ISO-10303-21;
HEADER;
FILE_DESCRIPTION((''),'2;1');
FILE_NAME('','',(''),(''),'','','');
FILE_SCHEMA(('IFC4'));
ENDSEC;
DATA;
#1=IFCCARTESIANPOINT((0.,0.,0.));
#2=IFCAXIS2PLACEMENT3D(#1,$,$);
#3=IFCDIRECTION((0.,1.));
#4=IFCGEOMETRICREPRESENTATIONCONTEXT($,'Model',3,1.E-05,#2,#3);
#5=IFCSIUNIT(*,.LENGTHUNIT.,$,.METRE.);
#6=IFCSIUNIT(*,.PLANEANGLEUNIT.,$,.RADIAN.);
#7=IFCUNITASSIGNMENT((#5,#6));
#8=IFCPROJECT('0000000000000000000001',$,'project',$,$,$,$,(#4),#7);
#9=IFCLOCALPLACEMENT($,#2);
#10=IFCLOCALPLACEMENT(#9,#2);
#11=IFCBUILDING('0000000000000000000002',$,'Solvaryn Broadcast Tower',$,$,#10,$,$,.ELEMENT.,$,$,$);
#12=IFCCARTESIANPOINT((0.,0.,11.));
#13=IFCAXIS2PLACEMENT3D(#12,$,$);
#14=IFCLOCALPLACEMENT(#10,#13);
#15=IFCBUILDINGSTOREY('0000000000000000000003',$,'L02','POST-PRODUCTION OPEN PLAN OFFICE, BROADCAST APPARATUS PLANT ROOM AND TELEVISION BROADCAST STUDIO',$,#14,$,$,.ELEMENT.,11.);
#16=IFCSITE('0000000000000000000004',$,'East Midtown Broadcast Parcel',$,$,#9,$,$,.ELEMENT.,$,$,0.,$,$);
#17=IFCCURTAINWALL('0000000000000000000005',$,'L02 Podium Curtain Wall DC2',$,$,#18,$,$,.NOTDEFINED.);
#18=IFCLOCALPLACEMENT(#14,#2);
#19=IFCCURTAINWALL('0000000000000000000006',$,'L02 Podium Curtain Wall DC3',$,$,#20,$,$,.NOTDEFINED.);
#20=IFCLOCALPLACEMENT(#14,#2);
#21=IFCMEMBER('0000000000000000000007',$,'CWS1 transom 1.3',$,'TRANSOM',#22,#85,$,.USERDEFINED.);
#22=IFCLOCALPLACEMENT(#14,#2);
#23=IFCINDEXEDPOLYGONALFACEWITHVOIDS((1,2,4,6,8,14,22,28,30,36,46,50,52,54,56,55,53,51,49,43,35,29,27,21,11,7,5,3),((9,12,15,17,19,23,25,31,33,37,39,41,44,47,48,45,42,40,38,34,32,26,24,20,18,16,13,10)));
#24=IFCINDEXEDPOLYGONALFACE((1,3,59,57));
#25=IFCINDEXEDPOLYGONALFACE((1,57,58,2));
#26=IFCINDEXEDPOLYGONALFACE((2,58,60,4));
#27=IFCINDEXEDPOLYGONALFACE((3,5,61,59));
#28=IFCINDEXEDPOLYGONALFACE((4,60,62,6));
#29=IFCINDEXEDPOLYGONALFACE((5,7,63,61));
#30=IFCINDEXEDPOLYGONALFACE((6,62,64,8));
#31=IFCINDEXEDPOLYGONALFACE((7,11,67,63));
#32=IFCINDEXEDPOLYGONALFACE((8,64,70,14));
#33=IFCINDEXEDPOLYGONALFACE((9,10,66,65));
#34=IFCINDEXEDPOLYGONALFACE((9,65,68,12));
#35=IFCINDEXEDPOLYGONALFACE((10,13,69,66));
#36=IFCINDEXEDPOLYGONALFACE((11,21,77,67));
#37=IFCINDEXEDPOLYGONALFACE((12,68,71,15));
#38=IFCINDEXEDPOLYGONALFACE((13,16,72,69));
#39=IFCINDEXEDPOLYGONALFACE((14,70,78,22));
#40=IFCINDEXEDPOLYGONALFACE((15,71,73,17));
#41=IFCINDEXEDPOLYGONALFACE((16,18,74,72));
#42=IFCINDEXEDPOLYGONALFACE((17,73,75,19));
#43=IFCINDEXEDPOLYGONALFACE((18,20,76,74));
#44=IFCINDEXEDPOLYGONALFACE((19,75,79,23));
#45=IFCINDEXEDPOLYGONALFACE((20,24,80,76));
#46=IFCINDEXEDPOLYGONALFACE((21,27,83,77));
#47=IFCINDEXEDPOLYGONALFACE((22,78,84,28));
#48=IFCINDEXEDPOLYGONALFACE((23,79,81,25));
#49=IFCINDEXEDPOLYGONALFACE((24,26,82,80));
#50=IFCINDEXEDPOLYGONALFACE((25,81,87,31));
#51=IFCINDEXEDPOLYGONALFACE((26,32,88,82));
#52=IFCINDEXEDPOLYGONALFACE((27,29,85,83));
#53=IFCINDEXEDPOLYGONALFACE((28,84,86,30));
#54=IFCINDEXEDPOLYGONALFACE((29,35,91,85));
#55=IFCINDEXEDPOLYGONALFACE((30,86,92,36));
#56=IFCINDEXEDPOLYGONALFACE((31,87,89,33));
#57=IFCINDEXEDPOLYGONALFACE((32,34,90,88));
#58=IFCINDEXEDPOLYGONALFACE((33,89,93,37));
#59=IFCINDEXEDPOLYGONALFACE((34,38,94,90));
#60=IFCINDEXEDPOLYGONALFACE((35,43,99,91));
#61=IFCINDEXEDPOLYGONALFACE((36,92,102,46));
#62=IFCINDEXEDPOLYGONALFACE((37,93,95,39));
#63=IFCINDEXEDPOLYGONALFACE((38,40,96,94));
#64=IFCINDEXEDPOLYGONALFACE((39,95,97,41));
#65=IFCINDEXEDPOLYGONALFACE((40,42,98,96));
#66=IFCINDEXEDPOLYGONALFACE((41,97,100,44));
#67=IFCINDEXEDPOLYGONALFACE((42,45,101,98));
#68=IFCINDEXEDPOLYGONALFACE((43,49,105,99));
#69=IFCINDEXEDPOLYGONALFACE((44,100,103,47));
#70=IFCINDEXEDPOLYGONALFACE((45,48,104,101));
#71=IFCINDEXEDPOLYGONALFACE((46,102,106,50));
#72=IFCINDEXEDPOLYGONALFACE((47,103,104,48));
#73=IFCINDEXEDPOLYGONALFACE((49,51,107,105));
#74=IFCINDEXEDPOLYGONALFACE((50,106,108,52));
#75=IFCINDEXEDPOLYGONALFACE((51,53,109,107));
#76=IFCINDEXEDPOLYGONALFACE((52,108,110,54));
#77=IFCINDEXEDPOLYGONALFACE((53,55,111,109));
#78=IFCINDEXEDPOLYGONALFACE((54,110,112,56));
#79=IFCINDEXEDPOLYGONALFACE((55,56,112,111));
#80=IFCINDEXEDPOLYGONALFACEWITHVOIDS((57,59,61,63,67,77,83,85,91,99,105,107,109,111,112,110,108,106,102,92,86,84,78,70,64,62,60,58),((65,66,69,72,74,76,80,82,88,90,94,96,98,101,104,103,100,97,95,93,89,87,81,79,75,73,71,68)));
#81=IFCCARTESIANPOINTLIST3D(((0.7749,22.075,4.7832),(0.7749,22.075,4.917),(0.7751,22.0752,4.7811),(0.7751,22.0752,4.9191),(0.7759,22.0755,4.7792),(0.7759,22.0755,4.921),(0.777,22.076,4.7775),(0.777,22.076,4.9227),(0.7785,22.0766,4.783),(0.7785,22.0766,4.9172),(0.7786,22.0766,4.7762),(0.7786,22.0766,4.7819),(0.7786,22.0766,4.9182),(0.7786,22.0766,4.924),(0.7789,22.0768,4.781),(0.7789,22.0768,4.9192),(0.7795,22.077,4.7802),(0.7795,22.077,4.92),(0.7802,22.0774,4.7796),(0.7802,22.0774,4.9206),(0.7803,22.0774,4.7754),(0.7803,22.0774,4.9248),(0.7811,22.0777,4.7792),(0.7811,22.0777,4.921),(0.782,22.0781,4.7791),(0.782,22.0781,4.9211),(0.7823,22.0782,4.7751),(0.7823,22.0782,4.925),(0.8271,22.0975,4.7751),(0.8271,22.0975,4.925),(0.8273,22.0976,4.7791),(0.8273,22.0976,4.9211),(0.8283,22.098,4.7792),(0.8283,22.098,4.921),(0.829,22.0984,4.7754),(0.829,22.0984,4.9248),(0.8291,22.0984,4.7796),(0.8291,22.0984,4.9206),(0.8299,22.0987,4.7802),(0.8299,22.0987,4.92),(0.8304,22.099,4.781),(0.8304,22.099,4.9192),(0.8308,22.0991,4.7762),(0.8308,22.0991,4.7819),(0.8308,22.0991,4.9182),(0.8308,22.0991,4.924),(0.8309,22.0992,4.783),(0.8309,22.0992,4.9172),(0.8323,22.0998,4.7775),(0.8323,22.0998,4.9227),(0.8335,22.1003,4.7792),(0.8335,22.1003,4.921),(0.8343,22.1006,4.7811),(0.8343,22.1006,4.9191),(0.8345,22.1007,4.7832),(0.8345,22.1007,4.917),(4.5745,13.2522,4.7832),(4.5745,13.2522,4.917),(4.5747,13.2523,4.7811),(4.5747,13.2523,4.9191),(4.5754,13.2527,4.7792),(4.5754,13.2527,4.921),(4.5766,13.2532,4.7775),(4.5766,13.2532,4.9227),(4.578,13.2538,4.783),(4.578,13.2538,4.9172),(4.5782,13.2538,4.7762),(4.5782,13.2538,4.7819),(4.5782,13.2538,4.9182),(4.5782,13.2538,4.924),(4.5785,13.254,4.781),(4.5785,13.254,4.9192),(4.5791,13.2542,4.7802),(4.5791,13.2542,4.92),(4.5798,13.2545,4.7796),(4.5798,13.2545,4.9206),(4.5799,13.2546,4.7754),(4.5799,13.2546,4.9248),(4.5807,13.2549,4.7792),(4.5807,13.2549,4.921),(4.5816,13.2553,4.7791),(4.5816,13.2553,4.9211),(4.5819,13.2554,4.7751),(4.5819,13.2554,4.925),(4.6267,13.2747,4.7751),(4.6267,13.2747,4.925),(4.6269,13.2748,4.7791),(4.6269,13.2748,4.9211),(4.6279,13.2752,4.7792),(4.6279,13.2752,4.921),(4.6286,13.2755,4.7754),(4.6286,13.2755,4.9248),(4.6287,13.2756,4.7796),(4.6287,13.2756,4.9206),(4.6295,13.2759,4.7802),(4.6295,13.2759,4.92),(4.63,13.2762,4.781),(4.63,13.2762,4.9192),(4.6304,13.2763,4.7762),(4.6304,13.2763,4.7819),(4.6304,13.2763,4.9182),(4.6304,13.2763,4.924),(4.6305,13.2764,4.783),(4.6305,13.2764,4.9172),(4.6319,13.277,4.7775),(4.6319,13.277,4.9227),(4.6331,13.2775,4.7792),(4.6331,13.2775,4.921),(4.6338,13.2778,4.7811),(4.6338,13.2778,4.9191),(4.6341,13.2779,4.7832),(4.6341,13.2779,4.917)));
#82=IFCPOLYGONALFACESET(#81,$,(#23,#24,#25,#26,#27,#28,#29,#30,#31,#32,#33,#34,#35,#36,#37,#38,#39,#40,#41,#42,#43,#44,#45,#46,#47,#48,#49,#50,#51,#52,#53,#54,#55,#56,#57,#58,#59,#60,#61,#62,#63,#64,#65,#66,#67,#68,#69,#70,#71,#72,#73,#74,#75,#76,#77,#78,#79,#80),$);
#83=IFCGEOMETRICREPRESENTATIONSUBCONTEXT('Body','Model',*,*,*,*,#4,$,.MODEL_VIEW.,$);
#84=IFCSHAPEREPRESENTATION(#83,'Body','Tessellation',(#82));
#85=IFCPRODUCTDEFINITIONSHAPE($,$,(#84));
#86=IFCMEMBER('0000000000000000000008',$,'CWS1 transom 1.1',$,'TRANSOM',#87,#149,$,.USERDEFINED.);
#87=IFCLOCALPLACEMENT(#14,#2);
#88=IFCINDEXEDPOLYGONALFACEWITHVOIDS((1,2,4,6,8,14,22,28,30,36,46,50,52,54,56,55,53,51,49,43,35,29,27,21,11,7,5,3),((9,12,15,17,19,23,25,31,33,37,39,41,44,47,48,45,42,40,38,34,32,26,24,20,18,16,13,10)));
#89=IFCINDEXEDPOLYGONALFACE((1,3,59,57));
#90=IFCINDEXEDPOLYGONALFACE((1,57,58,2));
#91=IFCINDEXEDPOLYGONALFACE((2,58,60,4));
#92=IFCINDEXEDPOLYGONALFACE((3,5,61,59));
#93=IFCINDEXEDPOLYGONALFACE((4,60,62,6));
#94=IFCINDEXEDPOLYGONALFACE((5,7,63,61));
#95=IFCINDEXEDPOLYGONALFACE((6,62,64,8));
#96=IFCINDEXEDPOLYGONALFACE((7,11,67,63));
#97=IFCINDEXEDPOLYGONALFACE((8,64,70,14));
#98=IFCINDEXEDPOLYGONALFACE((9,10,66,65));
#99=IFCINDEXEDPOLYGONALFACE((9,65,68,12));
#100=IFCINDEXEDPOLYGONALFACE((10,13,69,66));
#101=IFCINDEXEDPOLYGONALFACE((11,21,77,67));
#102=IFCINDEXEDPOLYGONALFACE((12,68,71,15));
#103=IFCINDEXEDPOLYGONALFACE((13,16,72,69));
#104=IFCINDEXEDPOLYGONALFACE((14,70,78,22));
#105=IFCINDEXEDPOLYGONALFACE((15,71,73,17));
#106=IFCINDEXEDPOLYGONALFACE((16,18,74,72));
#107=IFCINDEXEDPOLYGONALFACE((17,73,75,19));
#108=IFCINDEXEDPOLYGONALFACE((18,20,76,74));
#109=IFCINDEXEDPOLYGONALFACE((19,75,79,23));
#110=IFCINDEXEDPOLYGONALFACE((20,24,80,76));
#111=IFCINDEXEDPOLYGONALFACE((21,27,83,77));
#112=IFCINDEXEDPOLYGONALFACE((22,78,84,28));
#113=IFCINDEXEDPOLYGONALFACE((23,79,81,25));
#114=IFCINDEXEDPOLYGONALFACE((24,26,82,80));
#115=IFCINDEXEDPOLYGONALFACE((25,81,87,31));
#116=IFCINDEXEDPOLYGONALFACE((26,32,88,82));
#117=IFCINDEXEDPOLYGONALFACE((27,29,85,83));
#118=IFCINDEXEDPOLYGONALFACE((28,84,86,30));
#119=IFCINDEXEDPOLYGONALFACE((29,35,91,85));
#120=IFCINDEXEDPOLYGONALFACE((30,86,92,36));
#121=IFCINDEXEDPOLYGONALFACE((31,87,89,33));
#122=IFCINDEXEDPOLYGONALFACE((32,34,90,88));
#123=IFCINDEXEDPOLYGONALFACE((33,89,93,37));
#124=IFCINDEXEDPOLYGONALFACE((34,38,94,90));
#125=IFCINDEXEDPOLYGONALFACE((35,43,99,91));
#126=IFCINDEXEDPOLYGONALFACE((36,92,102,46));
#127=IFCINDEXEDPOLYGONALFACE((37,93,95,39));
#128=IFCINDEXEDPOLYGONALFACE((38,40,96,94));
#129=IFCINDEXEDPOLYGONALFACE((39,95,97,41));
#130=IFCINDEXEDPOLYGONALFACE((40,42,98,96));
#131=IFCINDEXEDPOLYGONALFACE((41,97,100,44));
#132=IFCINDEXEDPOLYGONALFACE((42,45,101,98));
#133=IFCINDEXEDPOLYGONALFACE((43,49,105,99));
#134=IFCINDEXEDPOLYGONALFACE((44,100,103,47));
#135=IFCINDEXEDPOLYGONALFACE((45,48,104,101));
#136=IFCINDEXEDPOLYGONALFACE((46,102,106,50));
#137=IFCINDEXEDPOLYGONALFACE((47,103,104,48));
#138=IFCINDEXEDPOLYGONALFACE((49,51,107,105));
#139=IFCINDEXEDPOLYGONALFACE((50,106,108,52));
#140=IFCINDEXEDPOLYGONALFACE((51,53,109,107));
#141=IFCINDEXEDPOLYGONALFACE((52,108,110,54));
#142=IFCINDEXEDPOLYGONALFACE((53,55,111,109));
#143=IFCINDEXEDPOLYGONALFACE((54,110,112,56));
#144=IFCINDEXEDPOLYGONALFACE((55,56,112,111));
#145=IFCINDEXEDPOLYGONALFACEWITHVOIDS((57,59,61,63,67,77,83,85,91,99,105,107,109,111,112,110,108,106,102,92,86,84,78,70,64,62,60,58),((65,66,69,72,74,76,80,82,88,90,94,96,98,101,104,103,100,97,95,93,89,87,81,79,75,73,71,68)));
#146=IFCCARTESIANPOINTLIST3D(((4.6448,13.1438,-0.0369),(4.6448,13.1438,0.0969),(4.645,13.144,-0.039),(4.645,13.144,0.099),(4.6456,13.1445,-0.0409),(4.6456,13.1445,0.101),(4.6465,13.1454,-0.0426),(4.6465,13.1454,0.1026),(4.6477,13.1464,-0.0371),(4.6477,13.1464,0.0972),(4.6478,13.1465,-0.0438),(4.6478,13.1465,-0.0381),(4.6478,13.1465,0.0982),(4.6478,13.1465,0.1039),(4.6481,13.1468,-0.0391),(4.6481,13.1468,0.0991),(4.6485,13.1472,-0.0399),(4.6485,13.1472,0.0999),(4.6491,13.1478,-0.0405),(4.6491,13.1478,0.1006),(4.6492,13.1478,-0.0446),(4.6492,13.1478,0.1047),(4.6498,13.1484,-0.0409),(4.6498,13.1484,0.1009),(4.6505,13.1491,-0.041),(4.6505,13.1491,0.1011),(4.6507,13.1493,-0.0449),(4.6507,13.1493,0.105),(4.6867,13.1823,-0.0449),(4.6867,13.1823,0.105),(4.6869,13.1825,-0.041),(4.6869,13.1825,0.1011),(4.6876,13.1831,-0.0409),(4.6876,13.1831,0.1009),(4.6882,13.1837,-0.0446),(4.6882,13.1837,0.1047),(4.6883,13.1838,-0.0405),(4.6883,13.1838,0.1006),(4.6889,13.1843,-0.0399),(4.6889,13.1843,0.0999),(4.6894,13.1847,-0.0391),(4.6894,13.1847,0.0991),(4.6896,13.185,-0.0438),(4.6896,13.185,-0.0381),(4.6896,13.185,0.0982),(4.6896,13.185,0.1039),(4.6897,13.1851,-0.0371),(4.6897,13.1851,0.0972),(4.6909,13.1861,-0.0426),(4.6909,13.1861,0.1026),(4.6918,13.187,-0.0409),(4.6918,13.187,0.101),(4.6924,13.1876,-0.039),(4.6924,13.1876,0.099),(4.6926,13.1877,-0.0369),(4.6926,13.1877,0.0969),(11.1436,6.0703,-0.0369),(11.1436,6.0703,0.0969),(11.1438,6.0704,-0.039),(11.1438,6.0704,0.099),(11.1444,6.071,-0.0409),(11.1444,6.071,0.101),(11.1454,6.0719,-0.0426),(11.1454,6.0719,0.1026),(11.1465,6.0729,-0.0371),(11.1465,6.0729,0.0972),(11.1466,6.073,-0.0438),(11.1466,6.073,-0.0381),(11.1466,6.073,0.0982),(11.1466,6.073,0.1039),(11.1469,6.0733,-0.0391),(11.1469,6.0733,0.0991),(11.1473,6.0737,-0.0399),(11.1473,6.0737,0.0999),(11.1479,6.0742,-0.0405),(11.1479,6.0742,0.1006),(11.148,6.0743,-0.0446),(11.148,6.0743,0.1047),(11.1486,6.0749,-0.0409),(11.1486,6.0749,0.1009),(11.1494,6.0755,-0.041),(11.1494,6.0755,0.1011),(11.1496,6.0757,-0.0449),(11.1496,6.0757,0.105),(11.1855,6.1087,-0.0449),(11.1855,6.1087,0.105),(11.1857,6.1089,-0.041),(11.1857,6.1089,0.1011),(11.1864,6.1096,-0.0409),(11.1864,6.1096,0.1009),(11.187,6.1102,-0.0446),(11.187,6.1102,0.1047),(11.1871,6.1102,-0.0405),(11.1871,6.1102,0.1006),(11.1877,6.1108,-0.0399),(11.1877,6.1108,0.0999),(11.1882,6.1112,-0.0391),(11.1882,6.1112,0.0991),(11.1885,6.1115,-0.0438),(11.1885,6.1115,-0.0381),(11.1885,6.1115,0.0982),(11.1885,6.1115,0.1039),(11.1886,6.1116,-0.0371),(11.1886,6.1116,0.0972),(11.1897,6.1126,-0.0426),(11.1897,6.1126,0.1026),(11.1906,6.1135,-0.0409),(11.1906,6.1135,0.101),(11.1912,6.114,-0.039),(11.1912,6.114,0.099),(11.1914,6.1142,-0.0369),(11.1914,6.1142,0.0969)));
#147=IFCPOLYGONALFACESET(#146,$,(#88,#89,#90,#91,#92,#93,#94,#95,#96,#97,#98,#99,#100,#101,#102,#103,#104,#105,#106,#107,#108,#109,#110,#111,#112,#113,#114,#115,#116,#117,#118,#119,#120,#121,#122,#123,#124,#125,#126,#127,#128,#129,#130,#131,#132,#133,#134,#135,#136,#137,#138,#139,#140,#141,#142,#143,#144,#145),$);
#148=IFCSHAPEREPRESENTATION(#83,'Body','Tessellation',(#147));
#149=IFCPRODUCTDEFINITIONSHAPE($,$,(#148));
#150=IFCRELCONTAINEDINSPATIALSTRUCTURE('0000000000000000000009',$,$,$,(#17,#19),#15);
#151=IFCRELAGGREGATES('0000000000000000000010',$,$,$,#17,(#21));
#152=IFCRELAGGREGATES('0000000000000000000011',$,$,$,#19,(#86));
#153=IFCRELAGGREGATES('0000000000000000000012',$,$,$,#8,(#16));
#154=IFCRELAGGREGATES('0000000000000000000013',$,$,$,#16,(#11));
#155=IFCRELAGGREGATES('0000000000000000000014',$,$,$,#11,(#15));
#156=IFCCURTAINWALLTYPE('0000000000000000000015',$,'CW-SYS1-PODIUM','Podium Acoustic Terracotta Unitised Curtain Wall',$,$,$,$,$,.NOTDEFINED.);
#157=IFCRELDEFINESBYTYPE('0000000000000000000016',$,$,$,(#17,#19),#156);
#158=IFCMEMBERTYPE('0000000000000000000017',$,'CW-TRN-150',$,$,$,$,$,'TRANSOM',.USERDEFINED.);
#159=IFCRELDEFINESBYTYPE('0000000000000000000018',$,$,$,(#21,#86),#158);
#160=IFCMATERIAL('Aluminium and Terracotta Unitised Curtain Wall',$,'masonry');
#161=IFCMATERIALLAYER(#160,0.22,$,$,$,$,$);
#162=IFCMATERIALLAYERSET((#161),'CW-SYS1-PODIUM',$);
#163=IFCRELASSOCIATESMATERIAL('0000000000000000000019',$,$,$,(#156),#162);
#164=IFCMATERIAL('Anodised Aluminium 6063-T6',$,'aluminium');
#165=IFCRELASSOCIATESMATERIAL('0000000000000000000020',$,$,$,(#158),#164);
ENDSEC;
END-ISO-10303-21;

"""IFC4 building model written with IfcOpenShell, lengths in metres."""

from ifc_helpers import new_model, si_unit, direction, frame, origin, origin_2d, place, context, subcontext, project, spatial, hollow_rectangle, extrude, material, layer, layer_set, material_profile, profile_set, type_object, element, aggregate, save


model = new_model("IFC4")

# Units and contexts
model_context = context("Model", 3, precision=1e-05, world=origin(), true_north=direction((0.0, 1.0)))
body_context = subcontext(model_context, "Body", "Model", "MODEL_VIEW")
ifc_project = project(units=[si_unit("LENGTHUNIT", "METRE"), si_unit("PLANEANGLEUNIT", "RADIAN")], contexts=[model_context])

# Site, building, storey
site_placement = place(None, origin())
site = spatial("IfcSite", under=ifc_project, at=site_placement, Name="East Midtown Broadcast Parcel", CompositionType="ELEMENT", RefElevation=0.0)
building_placement = place(site_placement, origin())
building = spatial("IfcBuilding", under=site, at=building_placement, Name="Solvaryn Broadcast Tower", CompositionType="ELEMENT")
storey_placement = place(building_placement, frame((0.0, 0.0, 11.0)))
storey = spatial("IfcBuildingStorey", under=building, at=storey_placement, Name="L02", Description="POST-PRODUCTION OPEN PLAN OFFICE, BROADCAST APPARATUS PLANT ROOM AND TELEVISION BROADCAST STUDIO", CompositionType="ELEMENT", Elevation=11.0)

# Shared definitions
ifc_material_1 = material(Name="Aluminium and Terracotta Unitised Curtain Wall", Category="masonry")
ifc_layer_1 = layer(ifc_material_1, 0.22)
ifc_layer_set_1 = layer_set([ifc_layer_1], Name="CW-SYS1-PODIUM")
curtain_wall_type = type_object("IfcCurtainWallType", Name="CW-SYS1-PODIUM", Description="Podium Acoustic Terracotta Unitised Curtain Wall", PredefinedType="NOTDEFINED", material=ifc_layer_set_1)

# Curtain wall
curtain_wall_1_placement = place(storey_placement, origin())
curtain_wall_1 = element("IfcCurtainWall", 1, at=curtain_wall_1_placement, inside=storey, type_object=curtain_wall_type, Name="L02 Podium Curtain Wall DC2", PredefinedType="NOTDEFINED")

# Curtain wall
curtain_wall_2_placement = place(storey_placement, origin())
curtain_wall_2 = element("IfcCurtainWall", 2, at=curtain_wall_2_placement, inside=storey, type_object=curtain_wall_type, Name="L02 Podium Curtain Wall DC3", PredefinedType="NOTDEFINED")

# Members
ifc_material_2 = material(Name="Anodised Aluminium 6063-T6", Category="aluminium")
ifc_material_profile_1 = material_profile(ifc_material_2, hollow_rectangle(XDim=0.0649, YDim=0.1499, WallThickness=0.0039, InnerFilletRadius=0.0039, OuterFilletRadius=0.0081, at=origin_2d()))
ifc_profile_set_1 = profile_set([ifc_material_profile_1], Name="Anodised Aluminium 6063-T6")
member_type_1 = type_object("IfcMemberType", Name="CW-TRN-150", ElementType="TRANSOM", PredefinedType="USERDEFINED", material=ifc_profile_set_1)
member_1_placement = place(storey_placement, frame((0.8047, 22.0879, 4.8501), z_axis=(0.395535, -0.918451, 0.0), x_axis=(0.918451, 0.395535, 0.0)))
member_1 = element("IfcMember", 3, at=member_1_placement, type_object=member_type_1, Name="CWS1 transom 1.3", ObjectType="TRANSOM", PredefinedType="USERDEFINED", context=body_context, shape_type="SweptSolid", body=[
    extrude(hollow_rectangle(XDim=0.0649, YDim=0.1499, WallThickness=0.0039, InnerFilletRadius=0.0039, OuterFilletRadius=0.0081, at=origin_2d()), origin(), (0.0, 0.0, 1.0), 9.6062),
])
member_2_placement = place(storey_placement, frame((4.6687, 13.1658, 0.03), z_axis=(0.676559, -0.736389, 0.0), x_axis=(0.736389, 0.676559, 0.0)))
member_2 = element("IfcMember", 4, at=member_2_placement, type_object=member_type_1, Name="CWS1 transom 1.1", ObjectType="TRANSOM", PredefinedType="USERDEFINED", context=body_context, shape_type="SweptSolid", body=[
    extrude(hollow_rectangle(XDim=0.0649, YDim=0.1499, WallThickness=0.0039, InnerFilletRadius=0.0039, OuterFilletRadius=0.0081, at=origin_2d()), origin(), (0.0, 0.0, 1.0), 9.6057),
])

aggregate(curtain_wall_1, [member_1])
aggregate(curtain_wall_2, [member_2])

save(model, "model.ifc")
